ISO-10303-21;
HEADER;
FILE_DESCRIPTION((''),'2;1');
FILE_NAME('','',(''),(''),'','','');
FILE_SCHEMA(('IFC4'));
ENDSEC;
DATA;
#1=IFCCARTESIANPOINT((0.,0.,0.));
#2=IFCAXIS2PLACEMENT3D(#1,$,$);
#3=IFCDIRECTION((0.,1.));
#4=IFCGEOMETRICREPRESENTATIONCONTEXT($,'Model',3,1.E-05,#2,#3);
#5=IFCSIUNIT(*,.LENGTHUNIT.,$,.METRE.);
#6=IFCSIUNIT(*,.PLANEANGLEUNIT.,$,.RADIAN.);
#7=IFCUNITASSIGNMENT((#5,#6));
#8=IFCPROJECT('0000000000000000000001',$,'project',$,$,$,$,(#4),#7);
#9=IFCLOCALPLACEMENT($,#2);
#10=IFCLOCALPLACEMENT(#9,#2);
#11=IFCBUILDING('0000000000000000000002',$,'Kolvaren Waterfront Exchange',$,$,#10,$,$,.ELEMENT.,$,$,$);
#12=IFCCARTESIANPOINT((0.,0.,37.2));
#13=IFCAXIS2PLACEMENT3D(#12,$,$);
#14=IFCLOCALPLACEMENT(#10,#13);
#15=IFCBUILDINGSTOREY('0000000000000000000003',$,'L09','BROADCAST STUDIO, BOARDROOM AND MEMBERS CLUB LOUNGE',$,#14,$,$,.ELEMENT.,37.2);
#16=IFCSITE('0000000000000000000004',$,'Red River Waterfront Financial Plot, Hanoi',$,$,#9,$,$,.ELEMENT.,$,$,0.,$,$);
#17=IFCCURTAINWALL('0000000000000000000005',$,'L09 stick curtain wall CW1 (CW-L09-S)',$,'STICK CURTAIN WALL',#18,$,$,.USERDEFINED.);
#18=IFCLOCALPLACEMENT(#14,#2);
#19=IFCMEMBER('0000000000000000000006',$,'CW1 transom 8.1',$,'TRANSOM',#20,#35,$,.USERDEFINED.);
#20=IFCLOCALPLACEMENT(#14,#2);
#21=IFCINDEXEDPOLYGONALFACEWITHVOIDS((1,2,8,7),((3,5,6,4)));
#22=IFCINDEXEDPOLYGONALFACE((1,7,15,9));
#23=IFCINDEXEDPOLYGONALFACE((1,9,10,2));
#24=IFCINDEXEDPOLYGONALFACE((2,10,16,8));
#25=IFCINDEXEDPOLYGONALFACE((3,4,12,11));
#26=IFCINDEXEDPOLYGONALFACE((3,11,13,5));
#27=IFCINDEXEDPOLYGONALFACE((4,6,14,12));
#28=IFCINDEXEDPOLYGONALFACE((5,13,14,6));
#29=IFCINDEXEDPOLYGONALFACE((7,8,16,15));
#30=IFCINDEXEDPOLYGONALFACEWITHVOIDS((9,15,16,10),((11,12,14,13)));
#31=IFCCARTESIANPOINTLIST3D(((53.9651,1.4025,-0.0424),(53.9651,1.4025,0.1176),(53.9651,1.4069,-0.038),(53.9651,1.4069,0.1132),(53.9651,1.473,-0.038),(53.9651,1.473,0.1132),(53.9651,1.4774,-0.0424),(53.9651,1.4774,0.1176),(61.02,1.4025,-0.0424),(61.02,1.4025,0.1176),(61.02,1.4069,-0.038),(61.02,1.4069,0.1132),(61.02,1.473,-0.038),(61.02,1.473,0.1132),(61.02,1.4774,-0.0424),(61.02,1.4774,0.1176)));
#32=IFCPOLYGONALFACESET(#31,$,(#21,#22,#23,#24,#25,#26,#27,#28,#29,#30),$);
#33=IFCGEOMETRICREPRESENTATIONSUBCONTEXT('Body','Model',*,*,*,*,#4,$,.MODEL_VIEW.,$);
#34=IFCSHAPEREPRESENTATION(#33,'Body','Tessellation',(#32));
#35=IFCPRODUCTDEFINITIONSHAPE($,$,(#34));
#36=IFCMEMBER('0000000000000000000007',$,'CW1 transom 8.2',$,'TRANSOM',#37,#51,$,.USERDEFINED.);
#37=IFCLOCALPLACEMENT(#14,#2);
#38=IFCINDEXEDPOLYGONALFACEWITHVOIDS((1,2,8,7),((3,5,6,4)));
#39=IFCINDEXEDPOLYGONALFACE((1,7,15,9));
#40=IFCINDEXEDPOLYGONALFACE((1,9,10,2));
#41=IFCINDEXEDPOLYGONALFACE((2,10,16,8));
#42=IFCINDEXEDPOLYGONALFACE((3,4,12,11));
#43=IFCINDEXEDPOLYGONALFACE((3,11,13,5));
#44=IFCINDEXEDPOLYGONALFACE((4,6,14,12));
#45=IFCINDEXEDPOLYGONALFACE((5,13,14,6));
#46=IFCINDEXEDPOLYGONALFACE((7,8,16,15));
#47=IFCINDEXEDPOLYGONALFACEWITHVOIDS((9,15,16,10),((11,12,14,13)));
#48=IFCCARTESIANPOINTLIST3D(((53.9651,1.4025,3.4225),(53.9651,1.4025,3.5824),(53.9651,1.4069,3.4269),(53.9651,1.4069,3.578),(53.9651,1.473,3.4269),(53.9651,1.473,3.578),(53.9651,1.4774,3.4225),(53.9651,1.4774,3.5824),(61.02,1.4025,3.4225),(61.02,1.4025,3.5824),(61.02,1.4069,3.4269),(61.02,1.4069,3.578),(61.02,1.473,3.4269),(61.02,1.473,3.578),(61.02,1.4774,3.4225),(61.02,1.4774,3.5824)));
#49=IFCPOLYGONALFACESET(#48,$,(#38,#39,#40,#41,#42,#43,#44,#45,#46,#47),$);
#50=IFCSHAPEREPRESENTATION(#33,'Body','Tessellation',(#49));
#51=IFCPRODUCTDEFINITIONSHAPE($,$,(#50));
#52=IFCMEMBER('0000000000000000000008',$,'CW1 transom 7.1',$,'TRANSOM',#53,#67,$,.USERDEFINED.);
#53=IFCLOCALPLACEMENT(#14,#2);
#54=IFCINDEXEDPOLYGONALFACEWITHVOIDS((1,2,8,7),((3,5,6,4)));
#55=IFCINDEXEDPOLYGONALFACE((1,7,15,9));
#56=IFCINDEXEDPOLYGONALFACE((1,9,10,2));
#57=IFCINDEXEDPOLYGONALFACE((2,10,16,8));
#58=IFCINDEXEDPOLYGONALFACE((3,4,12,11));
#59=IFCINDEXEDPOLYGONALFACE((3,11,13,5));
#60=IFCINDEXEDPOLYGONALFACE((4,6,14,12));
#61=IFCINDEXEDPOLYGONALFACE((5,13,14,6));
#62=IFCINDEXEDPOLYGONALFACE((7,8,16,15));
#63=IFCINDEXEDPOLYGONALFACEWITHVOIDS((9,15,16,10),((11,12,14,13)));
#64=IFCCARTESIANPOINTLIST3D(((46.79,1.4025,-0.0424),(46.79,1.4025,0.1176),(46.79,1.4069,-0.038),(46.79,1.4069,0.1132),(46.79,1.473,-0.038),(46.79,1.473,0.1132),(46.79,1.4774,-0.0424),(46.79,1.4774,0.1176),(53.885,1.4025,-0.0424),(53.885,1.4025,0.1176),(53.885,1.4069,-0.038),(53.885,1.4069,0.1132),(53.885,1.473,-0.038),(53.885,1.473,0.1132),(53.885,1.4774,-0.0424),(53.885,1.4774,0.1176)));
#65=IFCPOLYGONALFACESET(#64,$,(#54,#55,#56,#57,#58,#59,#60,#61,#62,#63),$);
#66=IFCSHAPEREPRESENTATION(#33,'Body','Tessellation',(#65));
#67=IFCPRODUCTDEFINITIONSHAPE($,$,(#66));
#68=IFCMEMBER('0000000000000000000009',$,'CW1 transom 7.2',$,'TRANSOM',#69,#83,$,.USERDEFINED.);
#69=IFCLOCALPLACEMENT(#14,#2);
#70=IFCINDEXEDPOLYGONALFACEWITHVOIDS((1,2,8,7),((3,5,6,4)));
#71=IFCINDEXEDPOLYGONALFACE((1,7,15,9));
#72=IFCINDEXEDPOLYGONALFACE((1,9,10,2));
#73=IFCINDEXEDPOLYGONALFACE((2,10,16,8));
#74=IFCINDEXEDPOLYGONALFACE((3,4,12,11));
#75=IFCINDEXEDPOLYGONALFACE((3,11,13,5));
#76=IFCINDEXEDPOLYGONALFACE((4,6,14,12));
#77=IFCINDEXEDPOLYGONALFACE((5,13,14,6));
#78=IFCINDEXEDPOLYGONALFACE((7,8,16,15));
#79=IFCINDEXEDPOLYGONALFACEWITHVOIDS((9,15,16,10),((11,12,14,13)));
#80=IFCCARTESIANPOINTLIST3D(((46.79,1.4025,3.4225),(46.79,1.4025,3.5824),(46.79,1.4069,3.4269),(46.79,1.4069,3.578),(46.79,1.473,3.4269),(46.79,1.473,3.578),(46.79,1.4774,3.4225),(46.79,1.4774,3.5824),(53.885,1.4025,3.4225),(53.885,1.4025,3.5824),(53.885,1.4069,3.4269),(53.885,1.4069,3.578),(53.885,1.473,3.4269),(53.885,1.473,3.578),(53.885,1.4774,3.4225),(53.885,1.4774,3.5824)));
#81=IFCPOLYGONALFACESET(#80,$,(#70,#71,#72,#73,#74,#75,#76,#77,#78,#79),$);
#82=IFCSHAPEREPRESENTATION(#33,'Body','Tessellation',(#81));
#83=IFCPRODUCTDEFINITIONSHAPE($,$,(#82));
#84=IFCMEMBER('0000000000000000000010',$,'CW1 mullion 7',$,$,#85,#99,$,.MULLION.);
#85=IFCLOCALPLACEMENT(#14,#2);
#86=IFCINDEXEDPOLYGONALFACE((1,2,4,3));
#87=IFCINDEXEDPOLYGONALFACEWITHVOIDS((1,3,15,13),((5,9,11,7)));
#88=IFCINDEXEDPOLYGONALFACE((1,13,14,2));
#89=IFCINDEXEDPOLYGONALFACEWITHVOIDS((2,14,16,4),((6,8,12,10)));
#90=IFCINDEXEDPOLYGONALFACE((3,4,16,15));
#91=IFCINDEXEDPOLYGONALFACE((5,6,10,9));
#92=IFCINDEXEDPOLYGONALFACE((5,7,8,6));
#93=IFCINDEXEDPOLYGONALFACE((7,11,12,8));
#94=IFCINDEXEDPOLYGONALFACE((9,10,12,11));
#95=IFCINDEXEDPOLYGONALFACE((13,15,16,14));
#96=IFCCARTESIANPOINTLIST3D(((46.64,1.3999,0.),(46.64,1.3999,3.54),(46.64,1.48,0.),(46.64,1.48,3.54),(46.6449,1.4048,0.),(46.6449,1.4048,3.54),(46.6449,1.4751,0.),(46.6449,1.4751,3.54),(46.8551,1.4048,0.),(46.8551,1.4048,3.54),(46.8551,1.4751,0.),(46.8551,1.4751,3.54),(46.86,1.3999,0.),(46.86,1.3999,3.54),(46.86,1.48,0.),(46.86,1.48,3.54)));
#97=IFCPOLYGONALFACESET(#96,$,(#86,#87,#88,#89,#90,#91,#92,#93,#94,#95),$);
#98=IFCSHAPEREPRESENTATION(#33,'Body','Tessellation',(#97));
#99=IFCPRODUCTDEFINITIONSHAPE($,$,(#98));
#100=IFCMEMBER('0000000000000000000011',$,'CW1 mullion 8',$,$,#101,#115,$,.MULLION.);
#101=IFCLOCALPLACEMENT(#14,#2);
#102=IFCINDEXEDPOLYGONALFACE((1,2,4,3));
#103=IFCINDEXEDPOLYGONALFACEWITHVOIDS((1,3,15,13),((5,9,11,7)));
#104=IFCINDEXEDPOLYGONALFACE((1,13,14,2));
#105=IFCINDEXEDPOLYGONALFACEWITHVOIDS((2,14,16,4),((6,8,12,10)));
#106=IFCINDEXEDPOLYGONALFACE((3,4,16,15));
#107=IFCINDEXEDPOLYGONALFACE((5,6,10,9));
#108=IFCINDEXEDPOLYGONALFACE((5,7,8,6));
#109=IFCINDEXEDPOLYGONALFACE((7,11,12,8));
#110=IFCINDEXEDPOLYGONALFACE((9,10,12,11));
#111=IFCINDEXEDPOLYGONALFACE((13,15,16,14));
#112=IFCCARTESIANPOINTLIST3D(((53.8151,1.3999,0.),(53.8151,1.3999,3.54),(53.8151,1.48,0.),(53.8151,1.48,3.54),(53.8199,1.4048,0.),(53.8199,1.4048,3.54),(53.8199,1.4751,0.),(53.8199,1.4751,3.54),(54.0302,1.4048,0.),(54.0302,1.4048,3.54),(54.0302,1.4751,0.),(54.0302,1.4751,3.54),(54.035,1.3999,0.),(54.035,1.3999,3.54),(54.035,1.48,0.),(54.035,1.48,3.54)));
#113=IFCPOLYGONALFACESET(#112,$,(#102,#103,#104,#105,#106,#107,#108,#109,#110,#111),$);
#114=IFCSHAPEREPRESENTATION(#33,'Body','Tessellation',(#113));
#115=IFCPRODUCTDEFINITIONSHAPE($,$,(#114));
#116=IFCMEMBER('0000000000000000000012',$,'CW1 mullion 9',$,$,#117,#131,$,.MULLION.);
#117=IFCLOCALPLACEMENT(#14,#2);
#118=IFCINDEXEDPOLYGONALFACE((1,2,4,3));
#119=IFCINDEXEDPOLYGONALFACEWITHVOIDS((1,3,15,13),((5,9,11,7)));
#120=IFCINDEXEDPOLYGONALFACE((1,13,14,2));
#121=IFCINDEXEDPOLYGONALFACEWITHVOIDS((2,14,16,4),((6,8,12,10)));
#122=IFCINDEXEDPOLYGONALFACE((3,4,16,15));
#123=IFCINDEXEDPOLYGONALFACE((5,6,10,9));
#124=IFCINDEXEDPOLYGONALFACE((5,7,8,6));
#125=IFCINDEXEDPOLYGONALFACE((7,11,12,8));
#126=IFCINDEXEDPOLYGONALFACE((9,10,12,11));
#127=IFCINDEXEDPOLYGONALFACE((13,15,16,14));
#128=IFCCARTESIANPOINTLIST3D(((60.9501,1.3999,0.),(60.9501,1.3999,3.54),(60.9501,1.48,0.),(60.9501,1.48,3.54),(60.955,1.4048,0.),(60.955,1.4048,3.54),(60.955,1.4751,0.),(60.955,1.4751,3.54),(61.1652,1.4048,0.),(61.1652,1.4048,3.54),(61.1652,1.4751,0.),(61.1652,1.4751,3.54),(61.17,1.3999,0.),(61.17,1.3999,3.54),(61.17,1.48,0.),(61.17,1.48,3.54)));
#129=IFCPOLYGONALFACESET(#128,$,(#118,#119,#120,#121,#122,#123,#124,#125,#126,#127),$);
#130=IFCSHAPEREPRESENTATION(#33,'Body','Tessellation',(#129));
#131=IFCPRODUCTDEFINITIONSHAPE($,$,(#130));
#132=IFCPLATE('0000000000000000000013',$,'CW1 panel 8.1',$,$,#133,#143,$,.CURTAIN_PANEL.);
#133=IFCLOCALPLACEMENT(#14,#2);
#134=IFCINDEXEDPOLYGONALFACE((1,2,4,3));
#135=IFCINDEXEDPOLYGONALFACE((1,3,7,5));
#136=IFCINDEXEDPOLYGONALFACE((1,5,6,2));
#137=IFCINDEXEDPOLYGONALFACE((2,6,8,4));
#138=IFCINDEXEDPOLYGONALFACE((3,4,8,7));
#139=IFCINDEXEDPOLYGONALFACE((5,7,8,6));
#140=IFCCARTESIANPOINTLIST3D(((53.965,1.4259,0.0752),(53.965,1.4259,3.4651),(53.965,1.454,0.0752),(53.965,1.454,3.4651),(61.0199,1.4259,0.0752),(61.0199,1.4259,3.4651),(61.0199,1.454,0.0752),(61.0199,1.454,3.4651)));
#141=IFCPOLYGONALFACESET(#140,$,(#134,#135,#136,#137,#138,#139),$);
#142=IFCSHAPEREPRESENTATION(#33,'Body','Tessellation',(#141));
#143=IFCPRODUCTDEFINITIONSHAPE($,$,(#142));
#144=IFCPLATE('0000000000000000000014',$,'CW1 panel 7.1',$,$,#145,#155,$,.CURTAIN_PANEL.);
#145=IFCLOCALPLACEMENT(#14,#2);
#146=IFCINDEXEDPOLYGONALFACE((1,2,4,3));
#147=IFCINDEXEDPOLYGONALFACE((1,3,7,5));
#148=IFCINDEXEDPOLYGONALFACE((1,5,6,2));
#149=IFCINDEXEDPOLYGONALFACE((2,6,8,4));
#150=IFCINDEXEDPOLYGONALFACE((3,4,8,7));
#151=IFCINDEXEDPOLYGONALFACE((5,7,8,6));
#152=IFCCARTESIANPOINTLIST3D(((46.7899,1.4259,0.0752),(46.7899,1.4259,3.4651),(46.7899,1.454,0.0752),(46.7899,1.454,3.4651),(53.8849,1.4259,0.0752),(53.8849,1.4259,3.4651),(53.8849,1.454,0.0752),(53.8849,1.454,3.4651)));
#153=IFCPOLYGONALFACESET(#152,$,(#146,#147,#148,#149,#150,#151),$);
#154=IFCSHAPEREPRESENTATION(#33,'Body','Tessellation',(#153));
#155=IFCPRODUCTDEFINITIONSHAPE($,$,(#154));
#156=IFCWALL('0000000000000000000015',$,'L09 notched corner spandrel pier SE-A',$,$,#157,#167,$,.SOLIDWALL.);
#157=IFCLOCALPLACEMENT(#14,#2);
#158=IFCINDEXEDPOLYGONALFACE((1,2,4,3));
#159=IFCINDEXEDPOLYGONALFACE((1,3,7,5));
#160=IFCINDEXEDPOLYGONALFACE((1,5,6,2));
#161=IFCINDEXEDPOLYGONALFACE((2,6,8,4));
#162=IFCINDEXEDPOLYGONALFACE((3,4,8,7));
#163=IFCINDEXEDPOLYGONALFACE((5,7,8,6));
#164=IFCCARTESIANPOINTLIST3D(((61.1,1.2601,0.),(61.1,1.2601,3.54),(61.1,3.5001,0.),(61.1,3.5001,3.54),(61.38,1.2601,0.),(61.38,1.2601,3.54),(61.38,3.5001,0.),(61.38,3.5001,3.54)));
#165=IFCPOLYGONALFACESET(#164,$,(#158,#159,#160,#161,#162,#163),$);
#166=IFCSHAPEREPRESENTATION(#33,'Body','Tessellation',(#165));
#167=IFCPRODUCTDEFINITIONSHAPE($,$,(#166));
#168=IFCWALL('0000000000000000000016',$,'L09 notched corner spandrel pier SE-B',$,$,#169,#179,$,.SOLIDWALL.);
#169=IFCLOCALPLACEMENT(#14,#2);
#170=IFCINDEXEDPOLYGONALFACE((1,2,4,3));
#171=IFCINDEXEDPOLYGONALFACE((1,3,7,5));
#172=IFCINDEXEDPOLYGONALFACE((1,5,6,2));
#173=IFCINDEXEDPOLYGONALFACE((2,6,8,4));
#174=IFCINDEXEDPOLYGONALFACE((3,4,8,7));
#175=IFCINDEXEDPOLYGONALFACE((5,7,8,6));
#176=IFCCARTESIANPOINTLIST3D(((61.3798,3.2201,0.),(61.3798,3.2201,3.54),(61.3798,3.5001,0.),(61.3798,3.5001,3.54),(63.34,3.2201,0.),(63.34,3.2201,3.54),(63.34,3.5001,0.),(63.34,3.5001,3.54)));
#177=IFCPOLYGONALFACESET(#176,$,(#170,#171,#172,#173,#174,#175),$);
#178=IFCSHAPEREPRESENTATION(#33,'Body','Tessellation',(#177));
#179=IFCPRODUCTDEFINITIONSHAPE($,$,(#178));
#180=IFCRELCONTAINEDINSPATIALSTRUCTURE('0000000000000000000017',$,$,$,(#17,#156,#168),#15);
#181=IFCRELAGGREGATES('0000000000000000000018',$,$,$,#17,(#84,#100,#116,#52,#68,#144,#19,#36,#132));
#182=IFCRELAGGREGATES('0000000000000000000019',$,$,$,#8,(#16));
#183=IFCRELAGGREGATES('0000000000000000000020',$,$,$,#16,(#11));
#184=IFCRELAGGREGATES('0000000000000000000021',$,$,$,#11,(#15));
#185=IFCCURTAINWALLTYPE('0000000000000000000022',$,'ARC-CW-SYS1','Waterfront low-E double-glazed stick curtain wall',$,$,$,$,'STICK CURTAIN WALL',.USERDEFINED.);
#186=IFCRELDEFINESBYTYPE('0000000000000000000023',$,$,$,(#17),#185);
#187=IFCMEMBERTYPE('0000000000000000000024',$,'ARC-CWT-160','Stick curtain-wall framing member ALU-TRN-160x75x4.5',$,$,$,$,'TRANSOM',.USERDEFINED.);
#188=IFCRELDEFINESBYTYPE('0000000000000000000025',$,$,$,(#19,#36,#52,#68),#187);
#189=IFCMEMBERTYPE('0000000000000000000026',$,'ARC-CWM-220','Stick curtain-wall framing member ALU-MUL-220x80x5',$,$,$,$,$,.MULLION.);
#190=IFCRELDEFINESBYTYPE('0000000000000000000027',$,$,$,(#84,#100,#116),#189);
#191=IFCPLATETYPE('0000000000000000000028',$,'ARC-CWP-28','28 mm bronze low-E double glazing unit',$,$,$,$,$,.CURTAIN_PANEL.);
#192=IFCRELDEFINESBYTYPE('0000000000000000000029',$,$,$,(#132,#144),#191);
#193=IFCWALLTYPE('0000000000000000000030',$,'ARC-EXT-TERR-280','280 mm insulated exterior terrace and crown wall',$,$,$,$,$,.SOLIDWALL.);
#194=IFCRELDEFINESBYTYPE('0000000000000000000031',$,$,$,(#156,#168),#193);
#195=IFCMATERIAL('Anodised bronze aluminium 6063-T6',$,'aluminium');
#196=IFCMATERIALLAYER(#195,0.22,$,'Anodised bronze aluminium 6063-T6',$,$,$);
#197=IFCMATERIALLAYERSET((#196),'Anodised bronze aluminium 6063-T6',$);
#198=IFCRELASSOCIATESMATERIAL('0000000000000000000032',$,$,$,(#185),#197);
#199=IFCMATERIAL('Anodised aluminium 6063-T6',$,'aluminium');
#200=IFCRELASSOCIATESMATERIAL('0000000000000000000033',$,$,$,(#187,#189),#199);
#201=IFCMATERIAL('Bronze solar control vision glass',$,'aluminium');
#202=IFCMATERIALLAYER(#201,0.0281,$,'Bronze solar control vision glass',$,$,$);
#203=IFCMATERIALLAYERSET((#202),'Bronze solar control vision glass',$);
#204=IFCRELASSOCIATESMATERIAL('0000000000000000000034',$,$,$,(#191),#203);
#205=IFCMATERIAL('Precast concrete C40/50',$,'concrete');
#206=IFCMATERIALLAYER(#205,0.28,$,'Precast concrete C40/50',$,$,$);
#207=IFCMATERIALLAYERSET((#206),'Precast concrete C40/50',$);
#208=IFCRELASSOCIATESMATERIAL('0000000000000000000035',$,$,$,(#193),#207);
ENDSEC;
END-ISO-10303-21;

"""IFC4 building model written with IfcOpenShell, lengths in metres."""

from ifc_helpers import new_model, si_unit, direction, frame, frame_2d, origin, origin_with_axes, origin_2d, place, context, subcontext, project, spatial, rectangle, hollow_rectangle, extrude, source, transform, mapped, material, layer, layer_set, material_profile, profile_set, type_object, element, aggregate, save


model = new_model("IFC4")

# Units and contexts
model_context = context("Model", 3, precision=1e-05, world=origin(), true_north=direction((0.0, 1.0)))
body_context = subcontext(model_context, "Body", "Model", "MODEL_VIEW")
ifc_project = project(units=[si_unit("LENGTHUNIT", "METRE"), si_unit("PLANEANGLEUNIT", "RADIAN")], contexts=[model_context])

# Site, building, storey
site_placement = place(None, origin())
site = spatial("IfcSite", under=ifc_project, at=site_placement, Name="Red River Waterfront Financial Plot, Hanoi", CompositionType="ELEMENT", RefElevation=0.0)
building_placement = place(site_placement, origin())
building = spatial("IfcBuilding", under=site, at=building_placement, Name="Kolvaren Waterfront Exchange", CompositionType="ELEMENT")
storey_placement = place(building_placement, frame((0.0, 0.0, 37.2)))
storey = spatial("IfcBuildingStorey", under=building, at=storey_placement, Name="L09", Description="BROADCAST STUDIO, BOARDROOM AND MEMBERS CLUB LOUNGE", CompositionType="ELEMENT", Elevation=37.2)

# Curtain wall, members, plates
ifc_material_1 = material(Name="Anodised bronze aluminium 6063-T6", Category="aluminium")
ifc_layer_1 = layer(ifc_material_1, 0.22, Name="Anodised bronze aluminium 6063-T6")
ifc_layer_set_1 = layer_set([ifc_layer_1], Name="Anodised bronze aluminium 6063-T6")
curtain_wall_type = type_object("IfcCurtainWallType", Name="ARC-CW-SYS1", Description="Waterfront low-E double-glazed stick curtain wall", ElementType="STICK CURTAIN WALL", PredefinedType="USERDEFINED", material=ifc_layer_set_1)
curtain_wall_placement = place(storey_placement, origin())
curtain_wall = element("IfcCurtainWall", 1, at=curtain_wall_placement, inside=storey, type_object=curtain_wall_type, Name="L09 stick curtain wall CW1 (CW-L09-S)", ObjectType="STICK CURTAIN WALL", PredefinedType="USERDEFINED")
ifc_material_2 = material(Name="Anodised aluminium 6063-T6", Category="aluminium")
ifc_material_profile_1 = material_profile(ifc_material_2, hollow_rectangle(XDim=0.075, YDim=0.1599, WallThickness=0.0044, at=origin_2d()), Name="ALU-TRN-160x75x4.5")
ifc_profile_set_1 = profile_set([ifc_material_profile_1], Name="Anodised aluminium 6063-T6")
member_type_1 = type_object("IfcMemberType", Name="ARC-CWT-160", Description="Stick curtain-wall framing member ALU-TRN-160x75x4.5", ElementType="TRANSOM", PredefinedType="USERDEFINED", material=ifc_profile_set_1)
shared_shape_1 = source(origin_with_axes(), body_context, "Body", "SweptSolid", [
    extrude(hollow_rectangle(XDim=0.075, YDim=0.1599, WallThickness=0.0044, at=origin_2d()), origin(), (0.0, 0.0, 1.0), 7.0549),
])
member_1_placement = place(storey_placement, frame((53.9651, 1.4399, 0.0376), z_axis=(1.0, 0.0, 0.0), x_axis=(0.0, 1.0, 0.0)))
member_1 = element("IfcMember", 2, at=member_1_placement, type_object=member_type_1, Name="CW1 transom 8.1", ObjectType="TRANSOM", PredefinedType="USERDEFINED", context=body_context, shape_type="MappedRepresentation", body=[
    mapped(shared_shape_1, transform((0.0, 0.0, 0.0), x_axis=(1.0, 0.0, 0.0), y_axis=(0.0, 1.0, 0.0), z_axis=(0.0, 0.0, 1.0), scale=1.0)),
])
member_2_placement = place(storey_placement, frame((53.9651, 1.4399, 3.5024), z_axis=(1.0, 0.0, 0.0), x_axis=(0.0, 1.0, 0.0)))
member_2 = element("IfcMember", 3, at=member_2_placement, type_object=member_type_1, Name="CW1 transom 8.2", ObjectType="TRANSOM", PredefinedType="USERDEFINED", context=body_context, shape_type="MappedRepresentation", body=[
    mapped(shared_shape_1, transform((0.0, 0.0, 0.0), x_axis=(1.0, 0.0, 0.0), y_axis=(0.0, 1.0, 0.0), z_axis=(0.0, 0.0, 1.0), scale=1.0)),
])
shared_shape_2 = source(origin_with_axes(), body_context, "Body", "SweptSolid", [
    extrude(hollow_rectangle(XDim=0.075, YDim=0.1599, WallThickness=0.0044, at=origin_2d()), origin(), (0.0, 0.0, 1.0), 7.095),
])
member_3_placement = place(storey_placement, frame((46.79, 1.4399, 0.0376), z_axis=(1.0, 0.0, 0.0), x_axis=(0.0, 1.0, 0.0)))
member_3 = element("IfcMember", 4, at=member_3_placement, type_object=member_type_1, Name="CW1 transom 7.1", ObjectType="TRANSOM", PredefinedType="USERDEFINED", context=body_context, shape_type="MappedRepresentation", body=[
    mapped(shared_shape_2, transform((0.0, 0.0, 0.0), x_axis=(1.0, 0.0, 0.0), y_axis=(0.0, 1.0, 0.0), z_axis=(0.0, 0.0, 1.0), scale=1.0)),
])
member_4_placement = place(storey_placement, frame((46.79, 1.4399, 3.5024), z_axis=(1.0, 0.0, 0.0), x_axis=(0.0, 1.0, 0.0)))
member_4 = element("IfcMember", 5, at=member_4_placement, type_object=member_type_1, Name="CW1 transom 7.2", ObjectType="TRANSOM", PredefinedType="USERDEFINED", context=body_context, shape_type="MappedRepresentation", body=[
    mapped(shared_shape_2, transform((0.0, 0.0, 0.0), x_axis=(1.0, 0.0, 0.0), y_axis=(0.0, 1.0, 0.0), z_axis=(0.0, 0.0, 1.0), scale=1.0)),
])
ifc_material_profile_2 = material_profile(ifc_material_2, hollow_rectangle(XDim=0.0801, YDim=0.22, WallThickness=0.0049, at=origin_2d()), Name="ALU-MUL-220x80x5")
ifc_profile_set_2 = profile_set([ifc_material_profile_2], Name="Anodised aluminium 6063-T6")
member_type_2 = type_object("IfcMemberType", Name="ARC-CWM-220", Description="Stick curtain-wall framing member ALU-MUL-220x80x5", PredefinedType="MULLION", material=ifc_profile_set_2)
shared_shape_3 = source(origin_with_axes(), body_context, "Body", "SweptSolid", [
    extrude(hollow_rectangle(XDim=0.0801, YDim=0.22, WallThickness=0.0049, at=origin_2d()), origin(), (0.0, 0.0, 1.0), 3.54),
])
member_5_placement = place(storey_placement, frame((46.75, 1.4399, 0.0), z_axis=(0.0, 0.0, 1.0), x_axis=(0.0, 1.0, 0.0)))
member_5 = element("IfcMember", 6, at=member_5_placement, type_object=member_type_2, Name="CW1 mullion 7", PredefinedType="MULLION", context=body_context, shape_type="MappedRepresentation", body=[
    mapped(shared_shape_3, transform((0.0, 0.0, 0.0), x_axis=(1.0, 0.0, 0.0), y_axis=(0.0, 1.0, 0.0), z_axis=(0.0, 0.0, 1.0), scale=1.0)),
])
member_6_placement = place(storey_placement, frame((53.925, 1.4399, 0.0), z_axis=(0.0, 0.0, 1.0), x_axis=(0.0, 1.0, 0.0)))
member_6 = element("IfcMember", 7, at=member_6_placement, type_object=member_type_2, Name="CW1 mullion 8", PredefinedType="MULLION", context=body_context, shape_type="MappedRepresentation", body=[
    mapped(shared_shape_3, transform((0.0, 0.0, 0.0), x_axis=(1.0, 0.0, 0.0), y_axis=(0.0, 1.0, 0.0), z_axis=(0.0, 0.0, 1.0), scale=1.0)),
])
member_7_placement = place(storey_placement, frame((61.0601, 1.4399, 0.0), z_axis=(0.0, 0.0, 1.0), x_axis=(0.0, 1.0, 0.0)))
member_7 = element("IfcMember", 8, at=member_7_placement, type_object=member_type_2, Name="CW1 mullion 9", PredefinedType="MULLION", context=body_context, shape_type="MappedRepresentation", body=[
    mapped(shared_shape_3, transform((0.0, 0.0, 0.0), x_axis=(1.0, 0.0, 0.0), y_axis=(0.0, 1.0, 0.0), z_axis=(0.0, 0.0, 1.0), scale=1.0)),
])
ifc_material_3 = material(Name="Bronze solar control vision glass", Category="aluminium")
ifc_layer_2 = layer(ifc_material_3, 0.0281, Name="Bronze solar control vision glass")
ifc_layer_set_2 = layer_set([ifc_layer_2], Name="Bronze solar control vision glass")
plate_type = type_object("IfcPlateType", Name="ARC-CWP-28", Description="28 mm bronze low-E double glazing unit", PredefinedType="CURTAIN_PANEL", material=ifc_layer_set_2)
shared_shape_4 = source(origin_with_axes(), body_context, "Body", "SweptSolid", [
    extrude(rectangle(XDim=7.0549, YDim=0.0281, at=origin_2d()), origin(), (0.0, 0.0, 1.0), 3.3899),
])
plate_1_placement = place(storey_placement, frame((57.4924, 1.4399, 0.0752), z_axis=(0.0, 0.0, 1.0), x_axis=(1.0, 0.0, 0.0)))
plate_1 = element("IfcPlate", 9, at=plate_1_placement, type_object=plate_type, Name="CW1 panel 8.1", PredefinedType="CURTAIN_PANEL", context=body_context, shape_type="MappedRepresentation", body=[
    mapped(shared_shape_4, transform((0.0, 0.0, 0.0), x_axis=(1.0, 0.0, 0.0), y_axis=(0.0, 1.0, 0.0), z_axis=(0.0, 0.0, 1.0), scale=1.0)),
])
shared_shape_5 = source(origin_with_axes(), body_context, "Body", "SweptSolid", [
    extrude(rectangle(XDim=7.095, YDim=0.0281, at=origin_2d()), origin(), (0.0, 0.0, 1.0), 3.3899),
])
plate_2_placement = place(storey_placement, frame((50.3374, 1.4399, 0.0752), z_axis=(0.0, 0.0, 1.0), x_axis=(1.0, 0.0, 0.0)))
plate_2 = element("IfcPlate", 10, at=plate_2_placement, type_object=plate_type, Name="CW1 panel 7.1", PredefinedType="CURTAIN_PANEL", context=body_context, shape_type="MappedRepresentation", body=[
    mapped(shared_shape_5, transform((0.0, 0.0, 0.0), x_axis=(1.0, 0.0, 0.0), y_axis=(0.0, 1.0, 0.0), z_axis=(0.0, 0.0, 1.0), scale=1.0)),
])
aggregate(curtain_wall, [member_5, member_6, member_7, member_3, member_4, plate_2, member_1, member_2, plate_1])

# Walls
ifc_material_4 = material(Name="Precast concrete C40/50", Category="concrete")
ifc_layer_3 = layer(ifc_material_4, 0.28, Name="Precast concrete C40/50")
ifc_layer_set_3 = layer_set([ifc_layer_3], Name="Precast concrete C40/50")
wall_type = type_object("IfcWallType", Name="ARC-EXT-TERR-280", Description="280 mm insulated exterior terrace and crown wall", PredefinedType="SOLIDWALL", material=ifc_layer_set_3)
wall_1_placement = place(storey_placement, frame((61.24, 1.26, 0.0), z_axis=(0.0, 0.0, 1.0), x_axis=(0.0, 1.0, 0.0)))
element("IfcWall", 11, at=wall_1_placement, inside=storey, type_object=wall_type, Name="L09 notched corner spandrel pier SE-A", PredefinedType="SOLIDWALL", context=body_context, shape_type="SweptSolid", body=[
    extrude(rectangle(XDim=2.24, YDim=0.28, at=frame_2d((1.1201, 0.0))), origin(), (0.0, 0.0, 1.0), 3.54),
])
wall_2_placement = place(storey_placement, frame((61.3799, 3.3601, 0.0), z_axis=(0.0, 0.0, 1.0), x_axis=(1.0, 0.0, 0.0)))
element("IfcWall", 12, at=wall_2_placement, inside=storey, type_object=wall_type, Name="L09 notched corner spandrel pier SE-B", PredefinedType="SOLIDWALL", context=body_context, shape_type="SweptSolid", body=[
    extrude(rectangle(XDim=1.9602, YDim=0.28, at=frame_2d((0.98, 0.0))), origin(), (0.0, 0.0, 1.0), 3.54),
])

save(model, "model.ifc")
